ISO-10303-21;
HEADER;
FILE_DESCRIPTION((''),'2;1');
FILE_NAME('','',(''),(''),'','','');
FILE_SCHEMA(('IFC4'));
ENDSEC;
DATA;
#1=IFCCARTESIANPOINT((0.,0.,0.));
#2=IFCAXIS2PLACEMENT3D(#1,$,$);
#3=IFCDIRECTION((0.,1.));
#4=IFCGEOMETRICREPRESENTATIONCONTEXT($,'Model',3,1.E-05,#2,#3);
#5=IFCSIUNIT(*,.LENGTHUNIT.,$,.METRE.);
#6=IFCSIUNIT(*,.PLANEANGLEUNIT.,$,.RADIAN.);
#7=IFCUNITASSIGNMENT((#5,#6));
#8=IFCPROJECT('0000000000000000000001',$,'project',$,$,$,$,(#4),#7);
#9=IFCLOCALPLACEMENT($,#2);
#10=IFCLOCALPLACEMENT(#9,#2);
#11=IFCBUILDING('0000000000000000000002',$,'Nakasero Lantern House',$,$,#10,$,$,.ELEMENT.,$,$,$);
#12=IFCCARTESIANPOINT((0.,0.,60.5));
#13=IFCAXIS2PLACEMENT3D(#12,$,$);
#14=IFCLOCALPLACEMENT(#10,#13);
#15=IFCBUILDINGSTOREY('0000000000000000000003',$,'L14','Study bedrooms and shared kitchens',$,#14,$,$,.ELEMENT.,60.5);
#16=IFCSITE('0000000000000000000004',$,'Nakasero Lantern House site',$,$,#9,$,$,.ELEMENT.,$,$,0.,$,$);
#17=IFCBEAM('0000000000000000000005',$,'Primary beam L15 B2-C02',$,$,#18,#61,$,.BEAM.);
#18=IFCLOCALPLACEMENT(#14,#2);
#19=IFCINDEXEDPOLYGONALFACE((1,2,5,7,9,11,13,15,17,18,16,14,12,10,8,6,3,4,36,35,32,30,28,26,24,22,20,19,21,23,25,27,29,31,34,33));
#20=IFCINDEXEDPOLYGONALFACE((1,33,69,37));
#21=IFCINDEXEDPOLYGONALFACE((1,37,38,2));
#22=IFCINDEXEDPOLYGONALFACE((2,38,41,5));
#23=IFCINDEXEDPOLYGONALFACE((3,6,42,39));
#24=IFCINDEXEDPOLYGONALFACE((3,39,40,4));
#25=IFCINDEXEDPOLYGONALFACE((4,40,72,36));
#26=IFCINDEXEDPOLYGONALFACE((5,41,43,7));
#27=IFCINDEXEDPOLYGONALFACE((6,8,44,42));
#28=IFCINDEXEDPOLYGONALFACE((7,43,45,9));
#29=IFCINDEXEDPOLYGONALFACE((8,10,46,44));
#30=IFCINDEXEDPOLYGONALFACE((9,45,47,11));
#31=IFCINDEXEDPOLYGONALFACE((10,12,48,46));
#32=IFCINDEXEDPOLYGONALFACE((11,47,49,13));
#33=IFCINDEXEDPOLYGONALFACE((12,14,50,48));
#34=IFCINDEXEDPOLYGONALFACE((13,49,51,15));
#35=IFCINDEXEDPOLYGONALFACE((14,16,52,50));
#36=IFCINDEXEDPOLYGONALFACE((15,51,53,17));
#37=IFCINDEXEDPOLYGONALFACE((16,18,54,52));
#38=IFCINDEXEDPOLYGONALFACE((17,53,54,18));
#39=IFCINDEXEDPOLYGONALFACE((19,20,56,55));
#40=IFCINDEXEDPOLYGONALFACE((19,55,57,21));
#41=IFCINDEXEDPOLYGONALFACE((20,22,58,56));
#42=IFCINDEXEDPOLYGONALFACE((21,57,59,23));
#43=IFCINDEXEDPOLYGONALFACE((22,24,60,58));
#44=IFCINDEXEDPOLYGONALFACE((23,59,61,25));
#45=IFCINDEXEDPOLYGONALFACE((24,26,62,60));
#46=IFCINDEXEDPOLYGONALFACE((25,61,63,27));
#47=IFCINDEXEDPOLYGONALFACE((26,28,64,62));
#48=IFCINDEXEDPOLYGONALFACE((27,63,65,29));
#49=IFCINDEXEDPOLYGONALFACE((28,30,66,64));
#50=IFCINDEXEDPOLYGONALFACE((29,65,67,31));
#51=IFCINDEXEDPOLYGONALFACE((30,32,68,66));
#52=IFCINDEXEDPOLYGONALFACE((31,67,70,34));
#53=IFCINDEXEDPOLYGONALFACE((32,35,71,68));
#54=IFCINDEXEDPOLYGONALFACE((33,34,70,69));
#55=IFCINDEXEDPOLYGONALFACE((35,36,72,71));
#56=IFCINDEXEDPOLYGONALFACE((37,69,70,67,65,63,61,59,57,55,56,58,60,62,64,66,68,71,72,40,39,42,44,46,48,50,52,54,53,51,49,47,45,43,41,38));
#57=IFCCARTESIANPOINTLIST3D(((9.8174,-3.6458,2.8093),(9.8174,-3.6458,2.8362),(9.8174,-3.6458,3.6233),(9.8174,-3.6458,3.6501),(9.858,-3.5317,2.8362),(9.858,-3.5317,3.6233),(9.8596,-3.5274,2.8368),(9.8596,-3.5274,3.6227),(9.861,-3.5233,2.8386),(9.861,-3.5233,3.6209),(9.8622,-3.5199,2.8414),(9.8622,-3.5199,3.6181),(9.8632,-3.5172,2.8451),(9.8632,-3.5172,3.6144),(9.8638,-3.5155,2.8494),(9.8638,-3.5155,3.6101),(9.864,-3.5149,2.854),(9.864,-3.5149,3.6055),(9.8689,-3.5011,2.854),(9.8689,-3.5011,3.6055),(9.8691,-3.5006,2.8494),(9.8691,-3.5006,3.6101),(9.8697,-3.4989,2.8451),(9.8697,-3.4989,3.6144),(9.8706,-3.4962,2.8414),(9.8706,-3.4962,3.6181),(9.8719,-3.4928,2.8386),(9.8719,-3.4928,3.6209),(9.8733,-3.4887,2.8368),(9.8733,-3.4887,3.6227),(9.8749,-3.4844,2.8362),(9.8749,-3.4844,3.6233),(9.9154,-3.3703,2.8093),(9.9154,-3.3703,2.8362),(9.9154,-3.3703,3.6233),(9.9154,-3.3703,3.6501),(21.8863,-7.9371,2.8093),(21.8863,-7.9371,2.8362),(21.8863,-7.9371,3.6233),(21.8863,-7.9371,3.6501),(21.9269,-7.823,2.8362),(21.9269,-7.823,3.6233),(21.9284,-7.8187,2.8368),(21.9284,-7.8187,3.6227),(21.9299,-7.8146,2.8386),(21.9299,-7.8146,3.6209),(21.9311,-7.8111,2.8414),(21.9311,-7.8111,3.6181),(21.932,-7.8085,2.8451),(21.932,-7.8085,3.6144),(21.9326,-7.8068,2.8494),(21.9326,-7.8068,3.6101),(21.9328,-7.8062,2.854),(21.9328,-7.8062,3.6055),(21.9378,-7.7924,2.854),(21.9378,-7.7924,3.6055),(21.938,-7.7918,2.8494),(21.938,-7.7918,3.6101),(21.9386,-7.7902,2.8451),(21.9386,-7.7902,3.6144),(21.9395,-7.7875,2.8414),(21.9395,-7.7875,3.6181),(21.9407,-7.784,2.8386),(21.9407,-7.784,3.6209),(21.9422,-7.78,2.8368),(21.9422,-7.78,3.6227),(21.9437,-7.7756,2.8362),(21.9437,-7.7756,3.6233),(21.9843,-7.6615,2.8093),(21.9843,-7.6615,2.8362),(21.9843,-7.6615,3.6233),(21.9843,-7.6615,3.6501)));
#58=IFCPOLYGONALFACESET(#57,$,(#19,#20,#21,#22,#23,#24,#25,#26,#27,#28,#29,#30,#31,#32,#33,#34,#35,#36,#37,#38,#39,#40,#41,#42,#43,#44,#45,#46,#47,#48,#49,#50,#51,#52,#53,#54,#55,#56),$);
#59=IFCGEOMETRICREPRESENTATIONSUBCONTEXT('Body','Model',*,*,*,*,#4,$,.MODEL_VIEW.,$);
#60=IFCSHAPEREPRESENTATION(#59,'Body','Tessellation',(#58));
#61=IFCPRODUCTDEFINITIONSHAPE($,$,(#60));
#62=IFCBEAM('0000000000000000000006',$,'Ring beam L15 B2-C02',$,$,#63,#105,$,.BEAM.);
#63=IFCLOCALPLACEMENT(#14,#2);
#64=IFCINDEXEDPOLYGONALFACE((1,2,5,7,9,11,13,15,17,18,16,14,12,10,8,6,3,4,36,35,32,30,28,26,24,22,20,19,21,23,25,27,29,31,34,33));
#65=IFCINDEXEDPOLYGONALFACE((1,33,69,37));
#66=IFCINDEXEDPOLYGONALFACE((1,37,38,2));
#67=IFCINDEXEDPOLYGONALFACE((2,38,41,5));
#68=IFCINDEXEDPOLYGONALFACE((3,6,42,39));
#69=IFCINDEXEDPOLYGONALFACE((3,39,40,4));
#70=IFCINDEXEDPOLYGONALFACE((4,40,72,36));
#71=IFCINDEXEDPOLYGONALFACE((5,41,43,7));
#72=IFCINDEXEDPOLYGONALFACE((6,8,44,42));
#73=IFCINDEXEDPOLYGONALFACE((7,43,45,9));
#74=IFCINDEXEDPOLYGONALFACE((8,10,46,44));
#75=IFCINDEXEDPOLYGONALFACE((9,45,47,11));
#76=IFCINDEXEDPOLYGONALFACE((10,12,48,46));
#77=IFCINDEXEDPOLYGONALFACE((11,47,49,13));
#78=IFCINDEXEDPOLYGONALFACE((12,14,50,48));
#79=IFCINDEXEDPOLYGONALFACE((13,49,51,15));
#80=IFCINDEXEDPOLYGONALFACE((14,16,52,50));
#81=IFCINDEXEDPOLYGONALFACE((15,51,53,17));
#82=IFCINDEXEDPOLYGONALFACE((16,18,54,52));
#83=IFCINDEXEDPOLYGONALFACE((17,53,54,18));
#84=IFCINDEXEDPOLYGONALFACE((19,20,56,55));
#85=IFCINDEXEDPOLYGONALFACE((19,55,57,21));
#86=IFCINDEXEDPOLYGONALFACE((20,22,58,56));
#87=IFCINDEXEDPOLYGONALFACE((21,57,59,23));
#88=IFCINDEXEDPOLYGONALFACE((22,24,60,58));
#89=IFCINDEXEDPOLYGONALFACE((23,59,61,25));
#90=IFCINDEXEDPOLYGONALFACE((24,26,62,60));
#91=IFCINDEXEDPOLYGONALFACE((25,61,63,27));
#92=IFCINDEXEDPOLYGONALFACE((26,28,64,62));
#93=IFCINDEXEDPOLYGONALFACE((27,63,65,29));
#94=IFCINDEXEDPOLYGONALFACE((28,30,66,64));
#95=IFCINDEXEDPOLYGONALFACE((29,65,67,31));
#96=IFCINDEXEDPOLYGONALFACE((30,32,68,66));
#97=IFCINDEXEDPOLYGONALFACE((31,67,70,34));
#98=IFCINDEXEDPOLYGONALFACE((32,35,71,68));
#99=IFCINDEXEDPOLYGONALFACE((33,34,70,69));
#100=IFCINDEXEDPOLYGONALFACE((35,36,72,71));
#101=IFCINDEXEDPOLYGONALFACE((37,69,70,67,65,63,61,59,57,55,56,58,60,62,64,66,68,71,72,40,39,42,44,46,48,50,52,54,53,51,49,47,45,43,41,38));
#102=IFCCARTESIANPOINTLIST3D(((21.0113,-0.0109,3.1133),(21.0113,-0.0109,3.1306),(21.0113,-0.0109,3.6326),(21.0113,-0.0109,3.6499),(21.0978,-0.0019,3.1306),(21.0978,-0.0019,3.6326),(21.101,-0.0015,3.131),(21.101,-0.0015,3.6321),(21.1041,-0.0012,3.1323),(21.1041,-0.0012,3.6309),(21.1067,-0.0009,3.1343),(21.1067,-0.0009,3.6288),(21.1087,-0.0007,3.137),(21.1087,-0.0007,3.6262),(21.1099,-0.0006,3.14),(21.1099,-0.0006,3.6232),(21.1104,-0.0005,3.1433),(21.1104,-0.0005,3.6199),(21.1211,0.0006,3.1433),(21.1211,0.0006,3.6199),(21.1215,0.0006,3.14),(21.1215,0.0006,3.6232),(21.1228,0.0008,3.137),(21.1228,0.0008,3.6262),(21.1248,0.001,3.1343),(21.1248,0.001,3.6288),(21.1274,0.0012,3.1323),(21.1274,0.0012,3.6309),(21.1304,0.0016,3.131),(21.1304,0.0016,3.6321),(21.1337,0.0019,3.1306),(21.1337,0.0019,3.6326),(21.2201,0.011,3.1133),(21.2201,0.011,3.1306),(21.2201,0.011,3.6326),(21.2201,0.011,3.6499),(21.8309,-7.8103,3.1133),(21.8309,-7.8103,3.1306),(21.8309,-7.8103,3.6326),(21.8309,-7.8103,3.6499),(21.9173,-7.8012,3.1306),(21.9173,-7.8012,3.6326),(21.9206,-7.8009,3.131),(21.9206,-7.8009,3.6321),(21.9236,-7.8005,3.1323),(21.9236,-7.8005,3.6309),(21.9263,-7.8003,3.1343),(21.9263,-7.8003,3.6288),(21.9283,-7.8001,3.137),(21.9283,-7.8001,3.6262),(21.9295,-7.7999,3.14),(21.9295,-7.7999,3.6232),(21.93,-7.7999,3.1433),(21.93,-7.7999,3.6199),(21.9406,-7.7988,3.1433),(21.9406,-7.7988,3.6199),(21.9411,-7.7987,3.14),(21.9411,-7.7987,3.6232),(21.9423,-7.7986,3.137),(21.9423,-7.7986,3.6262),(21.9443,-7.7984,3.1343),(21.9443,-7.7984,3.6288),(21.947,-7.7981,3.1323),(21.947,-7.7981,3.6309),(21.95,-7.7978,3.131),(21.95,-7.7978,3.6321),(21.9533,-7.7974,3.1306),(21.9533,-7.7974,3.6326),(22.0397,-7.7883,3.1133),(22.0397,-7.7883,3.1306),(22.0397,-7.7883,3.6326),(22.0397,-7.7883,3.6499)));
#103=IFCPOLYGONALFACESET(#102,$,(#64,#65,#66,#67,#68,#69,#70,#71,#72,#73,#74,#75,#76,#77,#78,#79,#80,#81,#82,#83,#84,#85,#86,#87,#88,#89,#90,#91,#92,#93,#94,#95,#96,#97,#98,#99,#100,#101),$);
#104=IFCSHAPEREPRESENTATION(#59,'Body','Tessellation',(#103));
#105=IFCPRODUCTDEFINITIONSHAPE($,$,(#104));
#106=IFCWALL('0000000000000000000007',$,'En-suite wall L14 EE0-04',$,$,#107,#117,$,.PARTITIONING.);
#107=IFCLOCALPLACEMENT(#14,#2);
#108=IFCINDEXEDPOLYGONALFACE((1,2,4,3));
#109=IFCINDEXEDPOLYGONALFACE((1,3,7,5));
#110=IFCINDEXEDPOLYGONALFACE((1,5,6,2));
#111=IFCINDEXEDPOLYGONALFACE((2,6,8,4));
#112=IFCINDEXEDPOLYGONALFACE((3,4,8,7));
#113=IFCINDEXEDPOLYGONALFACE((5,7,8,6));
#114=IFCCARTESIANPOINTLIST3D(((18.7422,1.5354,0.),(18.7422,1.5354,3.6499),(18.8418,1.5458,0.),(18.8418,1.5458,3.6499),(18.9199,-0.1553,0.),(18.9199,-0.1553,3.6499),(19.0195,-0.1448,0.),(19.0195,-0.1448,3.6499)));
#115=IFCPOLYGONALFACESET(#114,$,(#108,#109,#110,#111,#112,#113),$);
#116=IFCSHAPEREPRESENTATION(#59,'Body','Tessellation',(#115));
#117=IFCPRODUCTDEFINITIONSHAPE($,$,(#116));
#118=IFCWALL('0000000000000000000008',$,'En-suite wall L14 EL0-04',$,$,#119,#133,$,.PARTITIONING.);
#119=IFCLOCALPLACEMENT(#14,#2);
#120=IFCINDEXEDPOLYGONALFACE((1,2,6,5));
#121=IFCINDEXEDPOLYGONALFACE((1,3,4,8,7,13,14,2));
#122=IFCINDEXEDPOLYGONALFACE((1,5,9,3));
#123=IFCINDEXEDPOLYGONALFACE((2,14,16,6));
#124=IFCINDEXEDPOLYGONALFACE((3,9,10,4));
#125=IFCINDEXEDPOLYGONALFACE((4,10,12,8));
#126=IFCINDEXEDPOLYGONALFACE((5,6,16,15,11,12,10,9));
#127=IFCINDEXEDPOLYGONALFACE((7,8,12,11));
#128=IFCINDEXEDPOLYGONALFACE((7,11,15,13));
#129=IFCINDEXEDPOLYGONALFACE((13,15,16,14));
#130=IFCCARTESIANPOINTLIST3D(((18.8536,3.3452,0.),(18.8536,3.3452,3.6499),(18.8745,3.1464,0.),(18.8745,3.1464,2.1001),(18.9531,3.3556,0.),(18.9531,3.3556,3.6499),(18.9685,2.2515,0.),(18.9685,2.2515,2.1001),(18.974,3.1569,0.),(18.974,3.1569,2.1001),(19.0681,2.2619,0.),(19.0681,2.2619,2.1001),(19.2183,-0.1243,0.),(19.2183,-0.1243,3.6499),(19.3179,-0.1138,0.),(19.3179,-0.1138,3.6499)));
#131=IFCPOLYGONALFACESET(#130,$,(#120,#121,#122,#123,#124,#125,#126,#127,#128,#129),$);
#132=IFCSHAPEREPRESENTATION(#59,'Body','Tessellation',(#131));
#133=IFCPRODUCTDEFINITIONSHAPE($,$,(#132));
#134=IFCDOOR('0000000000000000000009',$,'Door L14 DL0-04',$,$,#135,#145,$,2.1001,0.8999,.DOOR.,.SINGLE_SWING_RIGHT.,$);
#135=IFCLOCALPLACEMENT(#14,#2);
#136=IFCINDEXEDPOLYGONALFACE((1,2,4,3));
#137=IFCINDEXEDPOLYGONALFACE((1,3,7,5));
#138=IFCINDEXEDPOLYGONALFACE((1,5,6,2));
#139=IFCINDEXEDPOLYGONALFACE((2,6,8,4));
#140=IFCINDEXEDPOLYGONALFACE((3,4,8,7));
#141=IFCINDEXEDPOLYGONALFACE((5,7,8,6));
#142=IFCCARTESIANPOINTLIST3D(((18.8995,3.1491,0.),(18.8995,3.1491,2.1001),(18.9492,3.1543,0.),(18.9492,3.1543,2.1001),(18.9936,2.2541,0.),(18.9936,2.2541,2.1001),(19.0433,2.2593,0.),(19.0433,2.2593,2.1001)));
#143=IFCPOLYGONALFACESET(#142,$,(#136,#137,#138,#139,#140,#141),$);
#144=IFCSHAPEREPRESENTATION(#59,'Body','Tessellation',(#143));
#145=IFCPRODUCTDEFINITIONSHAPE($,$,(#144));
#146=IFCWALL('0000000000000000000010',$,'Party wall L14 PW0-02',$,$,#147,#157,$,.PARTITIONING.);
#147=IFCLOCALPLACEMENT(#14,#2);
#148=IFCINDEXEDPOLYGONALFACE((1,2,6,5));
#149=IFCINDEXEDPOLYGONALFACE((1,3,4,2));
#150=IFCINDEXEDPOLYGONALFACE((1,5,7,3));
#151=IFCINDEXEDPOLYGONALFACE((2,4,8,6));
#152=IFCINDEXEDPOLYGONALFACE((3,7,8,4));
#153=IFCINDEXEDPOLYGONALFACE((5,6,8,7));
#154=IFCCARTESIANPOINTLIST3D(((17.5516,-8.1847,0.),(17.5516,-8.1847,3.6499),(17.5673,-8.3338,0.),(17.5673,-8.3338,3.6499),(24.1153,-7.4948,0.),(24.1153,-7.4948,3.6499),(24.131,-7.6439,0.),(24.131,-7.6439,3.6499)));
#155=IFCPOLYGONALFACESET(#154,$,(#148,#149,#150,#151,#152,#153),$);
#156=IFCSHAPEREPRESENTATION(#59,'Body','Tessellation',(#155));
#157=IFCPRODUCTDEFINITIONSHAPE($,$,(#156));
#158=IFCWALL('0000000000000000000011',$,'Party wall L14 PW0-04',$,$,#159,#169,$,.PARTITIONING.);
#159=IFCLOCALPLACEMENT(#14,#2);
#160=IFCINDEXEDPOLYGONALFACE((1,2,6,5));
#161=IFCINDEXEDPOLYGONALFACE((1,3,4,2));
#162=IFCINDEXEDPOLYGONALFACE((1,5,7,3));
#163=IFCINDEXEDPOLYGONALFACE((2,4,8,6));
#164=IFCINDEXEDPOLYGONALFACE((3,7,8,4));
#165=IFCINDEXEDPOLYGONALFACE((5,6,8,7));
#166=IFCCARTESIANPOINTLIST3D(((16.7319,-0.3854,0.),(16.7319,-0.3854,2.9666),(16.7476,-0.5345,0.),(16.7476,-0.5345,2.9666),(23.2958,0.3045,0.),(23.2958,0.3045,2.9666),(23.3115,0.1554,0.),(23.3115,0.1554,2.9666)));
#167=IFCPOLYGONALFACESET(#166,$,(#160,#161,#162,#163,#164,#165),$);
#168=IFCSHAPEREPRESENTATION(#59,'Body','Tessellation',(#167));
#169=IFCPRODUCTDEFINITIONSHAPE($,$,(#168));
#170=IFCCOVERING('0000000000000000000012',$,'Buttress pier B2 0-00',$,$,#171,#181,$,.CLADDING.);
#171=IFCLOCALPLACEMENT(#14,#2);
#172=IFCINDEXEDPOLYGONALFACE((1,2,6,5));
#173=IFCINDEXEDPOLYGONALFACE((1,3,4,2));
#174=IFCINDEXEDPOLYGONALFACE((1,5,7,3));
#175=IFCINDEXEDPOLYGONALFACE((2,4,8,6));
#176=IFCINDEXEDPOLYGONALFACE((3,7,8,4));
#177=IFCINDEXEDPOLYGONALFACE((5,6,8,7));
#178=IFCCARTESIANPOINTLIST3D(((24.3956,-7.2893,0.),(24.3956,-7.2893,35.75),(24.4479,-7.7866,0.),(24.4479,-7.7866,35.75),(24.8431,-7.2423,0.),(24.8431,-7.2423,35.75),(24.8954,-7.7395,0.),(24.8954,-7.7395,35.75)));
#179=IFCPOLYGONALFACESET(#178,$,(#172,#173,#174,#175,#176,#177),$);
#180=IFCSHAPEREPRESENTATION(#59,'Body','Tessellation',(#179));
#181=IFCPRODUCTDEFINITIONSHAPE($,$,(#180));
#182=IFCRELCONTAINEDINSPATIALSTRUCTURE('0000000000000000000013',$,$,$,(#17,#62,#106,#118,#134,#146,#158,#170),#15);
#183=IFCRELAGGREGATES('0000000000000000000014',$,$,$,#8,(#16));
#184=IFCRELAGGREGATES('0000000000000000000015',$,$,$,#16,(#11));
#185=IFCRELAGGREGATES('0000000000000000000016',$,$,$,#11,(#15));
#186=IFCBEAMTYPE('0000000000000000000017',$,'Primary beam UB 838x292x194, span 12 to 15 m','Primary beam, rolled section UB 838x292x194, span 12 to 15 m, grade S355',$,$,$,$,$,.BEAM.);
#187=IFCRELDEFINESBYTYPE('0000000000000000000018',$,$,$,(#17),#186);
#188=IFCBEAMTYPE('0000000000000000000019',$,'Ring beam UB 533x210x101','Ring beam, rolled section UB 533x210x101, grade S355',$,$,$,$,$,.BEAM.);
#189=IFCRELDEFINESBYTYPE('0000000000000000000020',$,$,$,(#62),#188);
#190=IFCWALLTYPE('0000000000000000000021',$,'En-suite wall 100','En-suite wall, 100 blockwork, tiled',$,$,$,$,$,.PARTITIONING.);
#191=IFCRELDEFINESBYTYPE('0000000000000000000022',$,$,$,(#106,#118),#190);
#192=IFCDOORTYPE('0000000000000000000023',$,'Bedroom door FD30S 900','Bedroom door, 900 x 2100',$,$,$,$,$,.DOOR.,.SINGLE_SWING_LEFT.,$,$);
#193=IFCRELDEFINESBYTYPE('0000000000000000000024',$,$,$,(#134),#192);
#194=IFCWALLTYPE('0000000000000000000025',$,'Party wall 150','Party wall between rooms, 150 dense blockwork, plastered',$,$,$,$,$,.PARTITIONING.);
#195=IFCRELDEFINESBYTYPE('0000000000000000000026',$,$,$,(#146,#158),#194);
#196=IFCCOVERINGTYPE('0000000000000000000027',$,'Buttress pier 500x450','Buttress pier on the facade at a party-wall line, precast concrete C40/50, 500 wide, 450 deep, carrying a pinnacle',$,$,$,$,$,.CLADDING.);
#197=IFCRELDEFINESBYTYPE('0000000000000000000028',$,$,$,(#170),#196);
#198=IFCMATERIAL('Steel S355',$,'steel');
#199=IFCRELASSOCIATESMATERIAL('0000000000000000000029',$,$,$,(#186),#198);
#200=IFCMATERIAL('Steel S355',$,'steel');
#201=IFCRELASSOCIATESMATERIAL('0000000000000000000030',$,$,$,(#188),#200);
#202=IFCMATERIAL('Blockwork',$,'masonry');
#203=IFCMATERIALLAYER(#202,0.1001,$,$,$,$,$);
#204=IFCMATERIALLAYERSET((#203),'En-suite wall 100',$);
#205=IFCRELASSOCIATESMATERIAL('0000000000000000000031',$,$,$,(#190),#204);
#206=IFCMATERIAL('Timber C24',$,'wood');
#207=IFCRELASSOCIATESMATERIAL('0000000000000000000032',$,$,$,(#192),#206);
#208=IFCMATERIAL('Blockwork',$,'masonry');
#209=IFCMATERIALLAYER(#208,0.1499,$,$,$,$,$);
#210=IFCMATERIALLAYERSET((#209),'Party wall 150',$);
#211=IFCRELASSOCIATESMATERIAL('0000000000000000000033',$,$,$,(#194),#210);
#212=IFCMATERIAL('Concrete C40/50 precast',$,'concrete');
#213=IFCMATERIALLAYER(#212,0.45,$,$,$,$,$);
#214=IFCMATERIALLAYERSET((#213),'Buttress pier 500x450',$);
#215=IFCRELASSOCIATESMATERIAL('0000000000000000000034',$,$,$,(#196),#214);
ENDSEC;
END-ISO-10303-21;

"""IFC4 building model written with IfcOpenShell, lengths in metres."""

from ifc_helpers import new_model, si_unit, direction, frame, frame_2d, origin, origin_2d, place, context, subcontext, project, spatial, rectangle, i_section, extrude, material, layer, layer_set, material_profile, profile_set, type_object, element, fill, save


model = new_model("IFC4")

# Units and contexts
model_context = context("Model", 3, precision=1e-05, world=origin(), true_north=direction((0.0, 1.0)))
body_context = subcontext(model_context, "Body", "Model", "MODEL_VIEW")
ifc_project = project(units=[si_unit("LENGTHUNIT", "METRE"), si_unit("PLANEANGLEUNIT", "RADIAN")], contexts=[model_context])

# Site, building, storey
site_placement = place(None, origin())
site = spatial("IfcSite", under=ifc_project, at=site_placement, Name="Nakasero Lantern House site", CompositionType="ELEMENT", RefElevation=0.0)
building_placement = place(site_placement, origin())
building = spatial("IfcBuilding", under=site, at=building_placement, Name="Nakasero Lantern House", CompositionType="ELEMENT")
storey_placement = place(building_placement, frame((0.0, 0.0, 60.5)))
storey = spatial("IfcBuildingStorey", under=building, at=storey_placement, Name="L14", Description="Study bedrooms and shared kitchens", CompositionType="ELEMENT", Elevation=60.5)

# Beams
ifc_material_1 = material(Name="Steel S355", Category="steel")
ifc_material_profile_1 = material_profile(ifc_material_1, i_section(OverallWidth=0.2925, OverallDepth=0.8408, WebThickness=0.0146, FlangeThickness=0.0269, FilletRadius=0.0178, at=origin_2d()), Name="UB 838x292x194")
ifc_profile_set_1 = profile_set([ifc_material_profile_1], Name="Steel S355")
beam_type_1 = type_object("IfcBeamType", Name="Primary beam UB 838x292x194, span 12 to 15 m", Description="Primary beam, rolled section UB 838x292x194, span 12 to 15 m, grade S355", PredefinedType="BEAM", material=ifc_profile_set_1)
beam_1_placement = place(storey_placement, frame((21.9353, -7.7993, 3.2297), z_axis=(-0.942212, 0.335018, 0.0), x_axis=(-0.335018, -0.942212, 0.0)))
element("IfcBeam", 1, at=beam_1_placement, inside=storey, type_object=beam_type_1, Name="Primary beam L15 B2-C02", PredefinedType="BEAM", context=body_context, shape_type="SweptSolid", body=[
    extrude(i_section(OverallWidth=0.2925, OverallDepth=0.8408, WebThickness=0.0146, FlangeThickness=0.0269, FilletRadius=0.0178, at=origin_2d()), origin(), (0.0, 0.0, 1.0), 12.8091),
])
ifc_material_2 = material(Name="Steel S355", Category="steel")
ifc_material_profile_2 = material_profile(ifc_material_2, i_section(OverallWidth=0.21, OverallDepth=0.5366, WebThickness=0.0107, FlangeThickness=0.0173, FilletRadius=0.0127, at=origin_2d()), Name="UB 533x210x101")
ifc_profile_set_2 = profile_set([ifc_material_profile_2], Name="Steel S355")
beam_type_2 = type_object("IfcBeamType", Name="Ring beam UB 533x210x101", Description="Ring beam, rolled section UB 533x210x101, grade S355", PredefinedType="BEAM", material=ifc_profile_set_2)
beam_2_placement = place(storey_placement, frame((21.9353, -7.7993, 3.3816), z_axis=(-0.104508, 0.994524, 0.0), x_axis=(-0.994524, -0.104508, 0.0)))
element("IfcBeam", 2, at=beam_2_placement, inside=storey, type_object=beam_type_2, Name="Ring beam L15 B2-C02", PredefinedType="BEAM", context=body_context, shape_type="SweptSolid", body=[
    extrude(i_section(OverallWidth=0.21, OverallDepth=0.5366, WebThickness=0.0107, FlangeThickness=0.0173, FilletRadius=0.0127, at=origin_2d()), origin(), (0.0, 0.0, 1.0), 7.8423),
])

# Wall
ifc_material_3 = material(Name="Blockwork", Category="masonry")
ifc_layer_1 = layer(ifc_material_3, 0.1001)
ifc_layer_set_1 = layer_set([ifc_layer_1], Name="En-suite wall 100")
wall_type_1 = type_object("IfcWallType", Name="En-suite wall 100", Description="En-suite wall, 100 blockwork, tiled", PredefinedType="PARTITIONING", material=ifc_layer_set_1)
wall_1_placement = place(storey_placement, frame((18.9697, -0.1501, 0.0), z_axis=(0.0, 0.0, 1.0), x_axis=(-0.10455, 0.99452, 0.0)))
element("IfcWall", 3, at=wall_1_placement, inside=storey, type_object=wall_type_1, Name="En-suite wall L14 EE0-04", PredefinedType="PARTITIONING", context=body_context, shape_type="SweptSolid", body=[
    extrude(rectangle(XDim=1.7, YDim=0.1001, at=frame_2d((0.8501, 0.0))), origin(), (0.0, 0.0, 1.0), 3.6499),
])

# Wall, opening, door
wall_2_placement = place(storey_placement, frame((19.2681, -0.1189, 0.0), z_axis=(0.0, 0.0, 1.0), x_axis=(-0.104554, 0.994519, 0.0)))
wall_2 = element("IfcWall", 4, at=wall_2_placement, inside=storey, type_object=wall_type_1, Name="En-suite wall L14 EL0-04", PredefinedType="PARTITIONING", context=body_context, shape_type="SweptSolid", body=[
    extrude(rectangle(XDim=3.4885, YDim=0.1001, at=frame_2d((1.7441, 0.0))), origin(), (0.0, 0.0, 1.0), 3.6499),
])
opening_placement = place(wall_2_placement, frame((2.3887, 0.0, 0.0)))
opening = element("IfcOpeningElement", 5, at=opening_placement, cuts=wall_2, PredefinedType="OPENING", context=body_context, shape_type="SweptSolid", body=[
    extrude(rectangle(XDim=0.8999, YDim=2.1001, at=frame_2d((0.45, 1.05))), frame((0.0, 0.0701, 0.0), z_axis=(0.0, -1.0, 0.0), x_axis=(1.0, 0.0, 0.0)), (0.0, 0.0, 1.0), 0.1401),
])
ifc_material_4 = material(Name="Timber C24", Category="wood")
door_type = type_object("IfcDoorType", Name="Bedroom door FD30S 900", Description="Bedroom door, 900 x 2100", OperationType="SINGLE_SWING_LEFT", PredefinedType="DOOR", material=ifc_material_4)
door_placement = place(opening_placement, origin())
door = element("IfcDoor", 6, at=door_placement, inside=storey, type_object=door_type, Name="Door L14 DL0-04", OperationType="SINGLE_SWING_RIGHT", OverallHeight=2.1001, OverallWidth=0.8999, PredefinedType="DOOR", context=body_context, shape_type="SweptSolid", body=[
    extrude(rectangle(XDim=0.8999, YDim=2.1001, at=frame_2d((0.45, 1.05))), frame((0.0, 0.0249, 0.0), z_axis=(0.0, -1.0, 0.0), x_axis=(1.0, 0.0, 0.0)), (0.0, 0.0, 1.0), 0.05),
])
fill(opening, door)

# Walls
ifc_material_5 = material(Name="Blockwork", Category="masonry")
ifc_layer_2 = layer(ifc_material_5, 0.1499)
ifc_layer_set_2 = layer_set([ifc_layer_2], Name="Party wall 150")
wall_type_2 = type_object("IfcWallType", Name="Party wall 150", Description="Party wall between rooms, 150 dense blockwork, plastered", PredefinedType="PARTITIONING", material=ifc_layer_set_2)
wall_3_placement = place(storey_placement, frame((17.5596, -8.2593, 0.0), z_axis=(0.0, 0.0, 1.0), x_axis=(0.994521, 0.104538, 0.0)))
element("IfcWall", 7, at=wall_3_placement, inside=storey, type_object=wall_type_2, Name="Party wall L14 PW0-02", PredefinedType="PARTITIONING", context=body_context, shape_type="SweptSolid", body=[
    extrude(rectangle(XDim=6.5999, YDim=0.1499, at=frame_2d((3.2998, 0.0))), origin(), (0.0, 0.0, 1.0), 3.6499),
])
wall_4_placement = place(storey_placement, frame((16.7397, -0.46, 0.0), z_axis=(0.0, 0.0, 1.0), x_axis=(0.994521, 0.104535, 0.0)))
element("IfcWall", 8, at=wall_4_placement, inside=storey, type_object=wall_type_2, Name="Party wall L14 PW0-04", PredefinedType="PARTITIONING", context=body_context, shape_type="SweptSolid", body=[
    extrude(rectangle(XDim=6.6001, YDim=0.1499, at=frame_2d((3.3, 0.0))), origin(), (0.0, 0.0, 1.0), 2.9666),
])

# Covering
ifc_material_6 = material(Name="Concrete C40/50 precast", Category="concrete")
ifc_layer_3 = layer(ifc_material_6, 0.45)
ifc_layer_set_3 = layer_set([ifc_layer_3], Name="Buttress pier 500x450")
covering_type = type_object("IfcCoveringType", Name="Buttress pier 500x450", Description="Buttress pier on the facade at a party-wall line, precast concrete C40/50, 500 wide, 450 deep, carrying a pinnacle", PredefinedType="CLADDING", material=ifc_layer_set_3)
for number, where, z_axis, x_axis, name in (
    (9, (24.6455, -7.5144, 0.0), (0.0, 0.0, 1.0), (0.994522, 0.104528, 0.0), "Buttress pier B2 0-00"),
):
    element("IfcCovering", number, at=place(storey_placement, frame(where, z_axis=z_axis, x_axis=x_axis)), inside=storey, type_object=covering_type, Name=name, PredefinedType="CLADDING", context=body_context, shape_type="SweptSolid", body=[
        extrude(rectangle(XDim=0.45, YDim=0.5, at=origin_2d()), origin(), (0.0, 0.0, 1.0), 35.75),
    ])

save(model, "model.ifc")
